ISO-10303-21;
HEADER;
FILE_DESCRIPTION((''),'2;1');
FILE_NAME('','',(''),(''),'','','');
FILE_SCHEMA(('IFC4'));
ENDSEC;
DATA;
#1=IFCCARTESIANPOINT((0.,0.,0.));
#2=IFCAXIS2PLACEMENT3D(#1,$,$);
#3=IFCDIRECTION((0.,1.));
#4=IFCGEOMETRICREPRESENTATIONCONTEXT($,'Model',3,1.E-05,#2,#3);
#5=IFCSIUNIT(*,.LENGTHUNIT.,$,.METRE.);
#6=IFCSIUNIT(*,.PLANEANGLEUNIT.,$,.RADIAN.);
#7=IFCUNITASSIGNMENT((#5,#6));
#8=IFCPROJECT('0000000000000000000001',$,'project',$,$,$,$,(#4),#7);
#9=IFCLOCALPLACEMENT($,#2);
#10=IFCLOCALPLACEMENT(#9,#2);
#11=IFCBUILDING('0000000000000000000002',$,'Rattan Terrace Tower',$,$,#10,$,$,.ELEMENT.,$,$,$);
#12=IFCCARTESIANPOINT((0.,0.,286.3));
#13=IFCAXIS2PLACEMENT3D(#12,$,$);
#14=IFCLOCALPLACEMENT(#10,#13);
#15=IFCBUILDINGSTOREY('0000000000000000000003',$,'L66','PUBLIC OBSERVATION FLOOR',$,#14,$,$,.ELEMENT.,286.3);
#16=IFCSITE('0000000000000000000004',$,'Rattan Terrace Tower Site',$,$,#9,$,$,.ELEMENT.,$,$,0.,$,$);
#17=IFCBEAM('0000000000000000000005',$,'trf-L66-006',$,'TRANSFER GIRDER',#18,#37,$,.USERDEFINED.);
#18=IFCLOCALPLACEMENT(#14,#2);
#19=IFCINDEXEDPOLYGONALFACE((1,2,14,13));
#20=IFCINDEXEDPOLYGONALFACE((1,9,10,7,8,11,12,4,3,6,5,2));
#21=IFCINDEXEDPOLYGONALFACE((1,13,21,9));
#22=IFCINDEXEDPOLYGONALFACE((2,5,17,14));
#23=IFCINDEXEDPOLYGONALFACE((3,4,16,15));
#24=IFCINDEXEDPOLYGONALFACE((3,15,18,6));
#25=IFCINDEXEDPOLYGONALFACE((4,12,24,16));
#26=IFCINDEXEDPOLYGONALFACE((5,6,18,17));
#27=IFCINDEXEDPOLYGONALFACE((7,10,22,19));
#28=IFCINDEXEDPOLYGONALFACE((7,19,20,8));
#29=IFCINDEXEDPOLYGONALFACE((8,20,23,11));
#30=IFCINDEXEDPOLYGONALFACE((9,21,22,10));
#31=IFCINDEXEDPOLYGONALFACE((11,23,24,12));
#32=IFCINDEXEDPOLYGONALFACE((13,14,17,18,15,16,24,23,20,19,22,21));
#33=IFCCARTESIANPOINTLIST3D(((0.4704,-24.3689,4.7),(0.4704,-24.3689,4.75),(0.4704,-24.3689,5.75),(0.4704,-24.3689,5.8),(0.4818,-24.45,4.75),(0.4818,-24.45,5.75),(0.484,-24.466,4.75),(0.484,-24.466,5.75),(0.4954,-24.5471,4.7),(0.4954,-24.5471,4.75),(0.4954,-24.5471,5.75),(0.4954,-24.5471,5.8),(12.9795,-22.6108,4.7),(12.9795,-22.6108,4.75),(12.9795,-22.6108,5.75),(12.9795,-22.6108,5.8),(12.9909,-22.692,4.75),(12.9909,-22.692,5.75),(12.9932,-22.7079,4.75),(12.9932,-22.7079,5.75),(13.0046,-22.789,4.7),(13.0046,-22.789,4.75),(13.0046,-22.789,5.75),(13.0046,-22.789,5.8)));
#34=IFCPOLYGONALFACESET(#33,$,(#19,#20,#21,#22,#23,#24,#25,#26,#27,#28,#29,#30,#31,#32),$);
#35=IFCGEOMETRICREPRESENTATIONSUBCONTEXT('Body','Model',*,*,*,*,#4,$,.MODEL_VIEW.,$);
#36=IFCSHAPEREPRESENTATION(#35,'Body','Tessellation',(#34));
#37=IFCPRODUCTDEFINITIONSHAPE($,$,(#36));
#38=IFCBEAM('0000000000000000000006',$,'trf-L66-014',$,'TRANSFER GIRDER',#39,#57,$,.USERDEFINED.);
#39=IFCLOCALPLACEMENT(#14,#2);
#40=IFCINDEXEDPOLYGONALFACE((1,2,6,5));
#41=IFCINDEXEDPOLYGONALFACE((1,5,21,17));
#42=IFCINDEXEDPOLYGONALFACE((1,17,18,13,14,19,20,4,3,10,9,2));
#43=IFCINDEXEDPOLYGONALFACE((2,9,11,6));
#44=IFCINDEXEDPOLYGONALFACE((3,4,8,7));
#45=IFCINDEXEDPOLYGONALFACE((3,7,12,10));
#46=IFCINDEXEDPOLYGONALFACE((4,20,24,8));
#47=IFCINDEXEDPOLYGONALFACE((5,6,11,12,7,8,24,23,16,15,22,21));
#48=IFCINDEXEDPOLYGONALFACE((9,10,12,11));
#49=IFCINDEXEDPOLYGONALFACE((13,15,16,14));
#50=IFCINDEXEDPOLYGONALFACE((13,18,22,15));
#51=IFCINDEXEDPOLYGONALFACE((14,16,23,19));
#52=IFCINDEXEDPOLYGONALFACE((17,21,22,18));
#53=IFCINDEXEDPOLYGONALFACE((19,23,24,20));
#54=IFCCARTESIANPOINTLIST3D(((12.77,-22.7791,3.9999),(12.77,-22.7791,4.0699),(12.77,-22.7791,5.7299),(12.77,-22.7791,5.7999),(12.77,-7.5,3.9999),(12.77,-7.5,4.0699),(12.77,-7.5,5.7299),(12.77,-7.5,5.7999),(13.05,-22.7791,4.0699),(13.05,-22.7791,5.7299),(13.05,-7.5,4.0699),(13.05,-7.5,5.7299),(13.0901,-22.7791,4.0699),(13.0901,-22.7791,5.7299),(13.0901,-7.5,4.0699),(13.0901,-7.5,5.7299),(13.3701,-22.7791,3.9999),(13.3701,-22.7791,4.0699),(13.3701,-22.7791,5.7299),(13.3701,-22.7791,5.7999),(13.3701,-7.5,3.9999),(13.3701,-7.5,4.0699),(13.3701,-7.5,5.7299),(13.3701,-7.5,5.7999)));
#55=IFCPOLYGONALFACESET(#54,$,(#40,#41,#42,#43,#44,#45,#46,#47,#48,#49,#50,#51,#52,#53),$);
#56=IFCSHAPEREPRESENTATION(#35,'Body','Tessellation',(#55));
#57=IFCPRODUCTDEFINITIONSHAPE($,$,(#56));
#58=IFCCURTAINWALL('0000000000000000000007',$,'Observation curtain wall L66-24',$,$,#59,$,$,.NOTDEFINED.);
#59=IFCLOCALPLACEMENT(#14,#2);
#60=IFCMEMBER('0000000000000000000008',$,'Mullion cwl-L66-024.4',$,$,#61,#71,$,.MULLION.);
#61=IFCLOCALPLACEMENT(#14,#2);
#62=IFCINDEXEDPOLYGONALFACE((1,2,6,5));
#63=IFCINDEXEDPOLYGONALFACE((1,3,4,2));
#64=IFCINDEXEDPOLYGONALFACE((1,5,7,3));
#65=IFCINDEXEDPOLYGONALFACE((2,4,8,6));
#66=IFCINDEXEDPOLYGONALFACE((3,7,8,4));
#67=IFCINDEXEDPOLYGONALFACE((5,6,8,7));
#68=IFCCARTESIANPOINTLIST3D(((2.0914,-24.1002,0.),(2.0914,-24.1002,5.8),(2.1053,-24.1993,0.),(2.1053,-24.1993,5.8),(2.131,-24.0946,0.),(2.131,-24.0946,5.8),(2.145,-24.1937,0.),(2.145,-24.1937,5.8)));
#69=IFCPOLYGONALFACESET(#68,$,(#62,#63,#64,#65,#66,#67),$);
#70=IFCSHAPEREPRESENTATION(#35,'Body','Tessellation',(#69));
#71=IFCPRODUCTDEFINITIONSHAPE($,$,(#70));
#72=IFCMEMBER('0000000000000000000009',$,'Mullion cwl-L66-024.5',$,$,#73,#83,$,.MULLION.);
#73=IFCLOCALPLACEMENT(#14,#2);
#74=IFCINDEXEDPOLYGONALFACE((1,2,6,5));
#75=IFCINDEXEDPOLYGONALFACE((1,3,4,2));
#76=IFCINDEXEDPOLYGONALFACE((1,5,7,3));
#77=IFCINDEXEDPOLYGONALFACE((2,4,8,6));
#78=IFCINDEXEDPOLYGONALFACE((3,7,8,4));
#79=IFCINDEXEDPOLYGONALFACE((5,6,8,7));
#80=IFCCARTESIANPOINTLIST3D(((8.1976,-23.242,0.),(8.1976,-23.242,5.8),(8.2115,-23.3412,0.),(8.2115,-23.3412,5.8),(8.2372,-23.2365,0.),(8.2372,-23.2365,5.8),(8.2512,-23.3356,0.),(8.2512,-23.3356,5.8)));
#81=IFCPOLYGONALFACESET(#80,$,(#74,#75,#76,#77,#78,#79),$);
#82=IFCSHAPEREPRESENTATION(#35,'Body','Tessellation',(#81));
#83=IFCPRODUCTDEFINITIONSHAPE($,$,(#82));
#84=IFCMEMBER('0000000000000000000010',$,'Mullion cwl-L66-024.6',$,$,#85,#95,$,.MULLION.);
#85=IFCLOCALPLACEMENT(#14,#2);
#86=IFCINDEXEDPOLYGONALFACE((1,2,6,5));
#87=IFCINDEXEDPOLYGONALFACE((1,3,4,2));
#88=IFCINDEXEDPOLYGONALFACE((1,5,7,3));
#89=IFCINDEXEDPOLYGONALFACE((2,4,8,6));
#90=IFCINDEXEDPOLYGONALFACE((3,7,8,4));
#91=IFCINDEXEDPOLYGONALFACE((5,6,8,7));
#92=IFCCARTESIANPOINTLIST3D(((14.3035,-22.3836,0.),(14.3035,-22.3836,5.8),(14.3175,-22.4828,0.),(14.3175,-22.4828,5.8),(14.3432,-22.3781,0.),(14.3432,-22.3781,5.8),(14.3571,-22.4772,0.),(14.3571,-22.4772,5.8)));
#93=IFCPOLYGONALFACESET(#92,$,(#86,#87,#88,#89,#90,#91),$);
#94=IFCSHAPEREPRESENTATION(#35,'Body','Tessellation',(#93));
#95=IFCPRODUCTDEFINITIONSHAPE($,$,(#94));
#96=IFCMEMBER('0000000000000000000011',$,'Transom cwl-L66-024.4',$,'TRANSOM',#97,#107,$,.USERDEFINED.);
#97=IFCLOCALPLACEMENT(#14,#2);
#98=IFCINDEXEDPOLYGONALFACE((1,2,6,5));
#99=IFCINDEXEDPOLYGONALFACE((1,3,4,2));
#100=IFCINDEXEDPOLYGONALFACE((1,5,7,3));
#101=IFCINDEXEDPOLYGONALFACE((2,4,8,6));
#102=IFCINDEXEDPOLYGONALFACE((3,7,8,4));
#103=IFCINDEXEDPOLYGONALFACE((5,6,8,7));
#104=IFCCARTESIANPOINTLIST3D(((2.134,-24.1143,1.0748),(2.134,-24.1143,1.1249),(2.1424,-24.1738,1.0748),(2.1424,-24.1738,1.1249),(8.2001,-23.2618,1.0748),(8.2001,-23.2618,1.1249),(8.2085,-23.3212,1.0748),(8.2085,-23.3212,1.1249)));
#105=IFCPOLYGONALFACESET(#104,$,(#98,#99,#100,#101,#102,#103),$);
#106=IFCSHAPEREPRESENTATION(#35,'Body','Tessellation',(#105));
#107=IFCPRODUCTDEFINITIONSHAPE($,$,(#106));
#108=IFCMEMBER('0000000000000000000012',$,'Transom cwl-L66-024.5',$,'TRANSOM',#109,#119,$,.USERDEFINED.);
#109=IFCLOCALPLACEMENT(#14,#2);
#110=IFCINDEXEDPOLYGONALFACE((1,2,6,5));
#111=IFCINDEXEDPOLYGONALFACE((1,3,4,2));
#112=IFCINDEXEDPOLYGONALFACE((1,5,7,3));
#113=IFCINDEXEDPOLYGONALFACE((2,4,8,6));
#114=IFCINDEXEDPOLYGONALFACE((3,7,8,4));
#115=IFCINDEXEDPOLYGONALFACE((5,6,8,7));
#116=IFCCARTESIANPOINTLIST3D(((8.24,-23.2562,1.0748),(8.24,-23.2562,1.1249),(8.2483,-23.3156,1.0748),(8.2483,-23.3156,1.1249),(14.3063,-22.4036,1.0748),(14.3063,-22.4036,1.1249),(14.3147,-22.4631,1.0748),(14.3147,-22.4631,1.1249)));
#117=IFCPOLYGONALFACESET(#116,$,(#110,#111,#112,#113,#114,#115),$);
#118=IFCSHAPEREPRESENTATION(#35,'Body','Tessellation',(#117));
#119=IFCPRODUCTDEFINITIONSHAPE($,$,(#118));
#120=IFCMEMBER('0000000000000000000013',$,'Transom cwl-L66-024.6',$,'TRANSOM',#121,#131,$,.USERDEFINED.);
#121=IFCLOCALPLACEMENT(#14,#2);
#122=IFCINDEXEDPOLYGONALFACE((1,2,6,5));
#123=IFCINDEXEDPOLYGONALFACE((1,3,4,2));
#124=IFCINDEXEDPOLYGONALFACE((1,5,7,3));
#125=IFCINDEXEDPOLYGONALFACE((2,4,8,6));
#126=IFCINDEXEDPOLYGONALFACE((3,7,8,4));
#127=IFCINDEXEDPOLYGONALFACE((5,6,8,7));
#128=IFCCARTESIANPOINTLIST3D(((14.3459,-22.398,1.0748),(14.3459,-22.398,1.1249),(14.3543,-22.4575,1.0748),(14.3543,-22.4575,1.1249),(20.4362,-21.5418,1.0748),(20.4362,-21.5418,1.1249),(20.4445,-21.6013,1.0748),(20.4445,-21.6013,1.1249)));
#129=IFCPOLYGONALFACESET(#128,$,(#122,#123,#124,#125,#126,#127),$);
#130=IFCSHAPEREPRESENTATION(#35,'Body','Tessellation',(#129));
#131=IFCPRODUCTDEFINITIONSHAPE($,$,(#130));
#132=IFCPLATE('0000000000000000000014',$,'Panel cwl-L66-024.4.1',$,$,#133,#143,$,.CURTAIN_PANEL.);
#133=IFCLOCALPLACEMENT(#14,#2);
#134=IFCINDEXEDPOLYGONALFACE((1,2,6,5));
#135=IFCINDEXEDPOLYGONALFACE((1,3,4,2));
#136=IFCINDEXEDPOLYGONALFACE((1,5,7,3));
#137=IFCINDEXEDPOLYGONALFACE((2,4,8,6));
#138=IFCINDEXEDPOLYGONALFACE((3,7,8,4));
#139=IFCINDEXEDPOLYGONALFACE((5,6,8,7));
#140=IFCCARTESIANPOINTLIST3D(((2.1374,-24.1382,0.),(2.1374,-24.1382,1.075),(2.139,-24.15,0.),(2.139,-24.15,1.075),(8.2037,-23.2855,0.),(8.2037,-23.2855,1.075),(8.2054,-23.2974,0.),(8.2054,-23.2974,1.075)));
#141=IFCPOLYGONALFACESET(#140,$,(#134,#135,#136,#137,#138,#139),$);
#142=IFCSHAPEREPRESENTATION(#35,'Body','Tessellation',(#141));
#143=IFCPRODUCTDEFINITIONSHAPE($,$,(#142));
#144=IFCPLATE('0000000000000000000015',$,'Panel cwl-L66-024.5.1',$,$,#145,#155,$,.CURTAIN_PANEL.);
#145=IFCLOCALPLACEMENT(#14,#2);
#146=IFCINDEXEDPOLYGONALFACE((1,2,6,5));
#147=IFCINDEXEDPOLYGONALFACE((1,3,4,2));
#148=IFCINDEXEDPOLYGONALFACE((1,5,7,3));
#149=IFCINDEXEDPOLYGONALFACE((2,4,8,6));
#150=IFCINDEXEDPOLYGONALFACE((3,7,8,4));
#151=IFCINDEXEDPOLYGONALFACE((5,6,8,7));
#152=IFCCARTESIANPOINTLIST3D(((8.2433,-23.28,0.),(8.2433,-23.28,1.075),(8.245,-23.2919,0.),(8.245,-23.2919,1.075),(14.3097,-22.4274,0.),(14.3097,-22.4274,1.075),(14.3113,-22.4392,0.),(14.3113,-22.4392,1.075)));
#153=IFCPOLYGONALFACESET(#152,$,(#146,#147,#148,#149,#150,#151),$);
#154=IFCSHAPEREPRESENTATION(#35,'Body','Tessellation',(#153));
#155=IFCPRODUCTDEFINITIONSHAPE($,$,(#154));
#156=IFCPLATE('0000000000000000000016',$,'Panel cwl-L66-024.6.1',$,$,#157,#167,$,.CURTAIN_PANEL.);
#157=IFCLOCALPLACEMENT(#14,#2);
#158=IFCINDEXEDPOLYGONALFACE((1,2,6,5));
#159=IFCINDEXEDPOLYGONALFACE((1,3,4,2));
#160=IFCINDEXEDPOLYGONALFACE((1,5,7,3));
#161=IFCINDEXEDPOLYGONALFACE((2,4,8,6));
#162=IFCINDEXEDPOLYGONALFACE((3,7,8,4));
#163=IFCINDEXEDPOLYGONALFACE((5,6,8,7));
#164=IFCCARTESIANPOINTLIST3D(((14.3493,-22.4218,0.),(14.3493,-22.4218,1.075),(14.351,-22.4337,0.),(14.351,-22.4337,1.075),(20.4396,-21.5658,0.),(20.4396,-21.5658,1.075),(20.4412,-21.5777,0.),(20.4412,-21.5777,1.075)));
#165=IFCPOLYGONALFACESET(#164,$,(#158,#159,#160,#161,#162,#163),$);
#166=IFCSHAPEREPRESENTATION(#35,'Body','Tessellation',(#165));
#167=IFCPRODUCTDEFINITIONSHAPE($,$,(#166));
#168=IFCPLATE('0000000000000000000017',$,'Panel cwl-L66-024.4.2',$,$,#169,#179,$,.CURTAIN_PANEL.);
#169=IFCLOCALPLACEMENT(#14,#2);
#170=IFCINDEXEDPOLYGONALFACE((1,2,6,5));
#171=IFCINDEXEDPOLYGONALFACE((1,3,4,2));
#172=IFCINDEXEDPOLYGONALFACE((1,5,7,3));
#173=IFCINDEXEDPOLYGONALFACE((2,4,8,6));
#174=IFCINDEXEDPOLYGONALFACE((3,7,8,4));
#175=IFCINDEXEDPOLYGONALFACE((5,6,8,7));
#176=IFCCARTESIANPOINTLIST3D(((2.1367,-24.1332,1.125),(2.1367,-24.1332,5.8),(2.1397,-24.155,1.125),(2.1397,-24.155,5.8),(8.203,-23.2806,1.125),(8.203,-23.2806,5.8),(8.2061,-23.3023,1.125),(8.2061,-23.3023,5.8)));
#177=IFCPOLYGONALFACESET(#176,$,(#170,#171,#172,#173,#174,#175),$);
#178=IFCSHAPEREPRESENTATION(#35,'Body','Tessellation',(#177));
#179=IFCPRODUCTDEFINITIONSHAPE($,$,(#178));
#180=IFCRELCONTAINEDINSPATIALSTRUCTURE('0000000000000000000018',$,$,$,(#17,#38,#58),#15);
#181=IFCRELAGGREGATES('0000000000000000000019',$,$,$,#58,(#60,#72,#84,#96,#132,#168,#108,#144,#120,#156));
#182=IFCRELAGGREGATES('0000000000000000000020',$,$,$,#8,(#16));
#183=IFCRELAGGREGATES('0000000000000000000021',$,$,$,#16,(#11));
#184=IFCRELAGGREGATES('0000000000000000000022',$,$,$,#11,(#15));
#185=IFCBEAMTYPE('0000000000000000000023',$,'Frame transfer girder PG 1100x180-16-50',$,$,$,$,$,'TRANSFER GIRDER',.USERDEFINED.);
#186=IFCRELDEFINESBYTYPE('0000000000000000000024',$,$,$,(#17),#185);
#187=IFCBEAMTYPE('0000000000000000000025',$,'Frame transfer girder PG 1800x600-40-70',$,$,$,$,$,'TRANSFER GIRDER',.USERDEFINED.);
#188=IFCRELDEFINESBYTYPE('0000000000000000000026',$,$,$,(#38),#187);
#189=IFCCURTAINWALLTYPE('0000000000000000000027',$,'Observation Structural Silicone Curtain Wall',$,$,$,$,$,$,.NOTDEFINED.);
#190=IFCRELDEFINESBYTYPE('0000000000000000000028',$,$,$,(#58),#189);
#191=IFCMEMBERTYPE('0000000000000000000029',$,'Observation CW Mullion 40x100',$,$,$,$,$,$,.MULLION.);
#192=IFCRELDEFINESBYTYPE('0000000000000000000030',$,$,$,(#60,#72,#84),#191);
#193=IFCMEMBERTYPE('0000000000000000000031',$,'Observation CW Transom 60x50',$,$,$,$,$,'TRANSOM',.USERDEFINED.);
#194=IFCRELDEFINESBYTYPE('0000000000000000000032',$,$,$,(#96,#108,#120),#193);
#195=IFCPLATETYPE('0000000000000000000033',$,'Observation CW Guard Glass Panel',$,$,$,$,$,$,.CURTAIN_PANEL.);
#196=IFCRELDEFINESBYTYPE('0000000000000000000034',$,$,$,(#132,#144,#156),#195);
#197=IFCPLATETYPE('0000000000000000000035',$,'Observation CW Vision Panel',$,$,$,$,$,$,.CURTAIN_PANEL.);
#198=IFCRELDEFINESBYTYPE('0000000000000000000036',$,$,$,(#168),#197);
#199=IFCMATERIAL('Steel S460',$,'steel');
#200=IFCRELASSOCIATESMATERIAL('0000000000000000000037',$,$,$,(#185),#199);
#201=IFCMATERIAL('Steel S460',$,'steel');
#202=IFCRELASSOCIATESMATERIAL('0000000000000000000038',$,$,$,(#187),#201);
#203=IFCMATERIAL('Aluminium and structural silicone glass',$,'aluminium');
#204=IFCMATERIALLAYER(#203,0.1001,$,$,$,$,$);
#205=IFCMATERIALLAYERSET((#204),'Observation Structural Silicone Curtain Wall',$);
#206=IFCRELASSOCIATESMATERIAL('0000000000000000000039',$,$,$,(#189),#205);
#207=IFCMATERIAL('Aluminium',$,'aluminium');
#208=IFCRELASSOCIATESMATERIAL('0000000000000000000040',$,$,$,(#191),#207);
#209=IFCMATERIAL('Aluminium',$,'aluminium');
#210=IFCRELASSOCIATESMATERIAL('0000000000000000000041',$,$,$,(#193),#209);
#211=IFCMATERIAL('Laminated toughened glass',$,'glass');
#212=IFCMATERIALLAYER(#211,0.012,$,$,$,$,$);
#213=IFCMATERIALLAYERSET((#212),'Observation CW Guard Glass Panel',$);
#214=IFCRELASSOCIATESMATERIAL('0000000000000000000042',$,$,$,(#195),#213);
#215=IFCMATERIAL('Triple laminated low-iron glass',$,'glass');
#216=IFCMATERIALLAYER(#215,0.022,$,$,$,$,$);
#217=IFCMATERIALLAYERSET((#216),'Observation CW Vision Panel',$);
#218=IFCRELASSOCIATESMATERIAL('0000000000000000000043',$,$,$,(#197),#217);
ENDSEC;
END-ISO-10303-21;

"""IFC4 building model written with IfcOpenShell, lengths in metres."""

from ifc_helpers import new_model, si_unit, direction, frame, origin, origin_2d, place, context, subcontext, project, spatial, rectangle, i_section, extrude, material, layer, layer_set, material_profile, profile_set, type_object, element, aggregate, save


model = new_model("IFC4")

# Units and contexts
model_context = context("Model", 3, precision=1e-05, world=origin(), true_north=direction((0.0, 1.0)))
body_context = subcontext(model_context, "Body", "Model", "MODEL_VIEW")
ifc_project = project(units=[si_unit("LENGTHUNIT", "METRE"), si_unit("PLANEANGLEUNIT", "RADIAN")], contexts=[model_context])

# Site, building, storey
site_placement = place(None, origin())
site = spatial("IfcSite", under=ifc_project, at=site_placement, Name="Rattan Terrace Tower Site", CompositionType="ELEMENT", RefElevation=0.0)
building_placement = place(site_placement, origin())
building = spatial("IfcBuilding", under=site, at=building_placement, Name="Rattan Terrace Tower", CompositionType="ELEMENT")
storey_placement = place(building_placement, frame((0.0, 0.0, 286.3)))
storey = spatial("IfcBuildingStorey", under=building, at=storey_placement, Name="L66", Description="PUBLIC OBSERVATION FLOOR", CompositionType="ELEMENT", Elevation=286.3)

# Beams
ifc_material_1 = material(Name="Steel S460", Category="steel")
ifc_material_profile_1 = material_profile(ifc_material_1, i_section(OverallWidth=0.1799, OverallDepth=1.1001, WebThickness=0.0161, FlangeThickness=0.05, at=origin_2d()), Name="PG 1100x180-16-50")
ifc_profile_set_1 = profile_set([ifc_material_profile_1], Name="Steel S460")
beam_type_1 = type_object("IfcBeamType", Name="Frame transfer girder PG 1100x180-16-50", ElementType="TRANSFER GIRDER", PredefinedType="USERDEFINED", material=ifc_profile_set_1)
beam_1_placement = place(storey_placement, frame((0.4829, -24.458, 5.25), z_axis=(0.990268, 0.139175, 0.0), x_axis=(-0.139175, 0.990268, 0.0)))
element("IfcBeam", 1, at=beam_1_placement, inside=storey, type_object=beam_type_1, Name="trf-L66-006", ObjectType="TRANSFER GIRDER", PredefinedType="USERDEFINED", context=body_context, shape_type="SweptSolid", body=[
    extrude(i_section(OverallWidth=0.1799, OverallDepth=1.1001, WebThickness=0.0161, FlangeThickness=0.05, at=origin_2d()), origin(), (0.0, 0.0, 1.0), 12.6321),
])
ifc_material_2 = material(Name="Steel S460", Category="steel")
ifc_material_profile_2 = material_profile(ifc_material_2, i_section(OverallWidth=0.6001, OverallDepth=1.8, WebThickness=0.04, FlangeThickness=0.0701, at=origin_2d()), Name="PG 1800x600-40-70")
ifc_profile_set_2 = profile_set([ifc_material_profile_2], Name="Steel S460")
beam_type_2 = type_object("IfcBeamType", Name="Frame transfer girder PG 1800x600-40-70", ElementType="TRANSFER GIRDER", PredefinedType="USERDEFINED", material=ifc_profile_set_2)
beam_2_placement = place(storey_placement, frame((13.0701, -22.7791, 4.8999), z_axis=(0.0, 1.0, 0.0), x_axis=(-1.0, 0.0, 0.0)))
element("IfcBeam", 2, at=beam_2_placement, inside=storey, type_object=beam_type_2, Name="trf-L66-014", ObjectType="TRANSFER GIRDER", PredefinedType="USERDEFINED", context=body_context, shape_type="SweptSolid", body=[
    extrude(i_section(OverallWidth=0.6001, OverallDepth=1.8, WebThickness=0.04, FlangeThickness=0.0701, at=origin_2d()), origin(), (0.0, 0.0, 1.0), 15.2791),
])

# Curtain wall, members, plates
ifc_material_3 = material(Name="Aluminium and structural silicone glass", Category="aluminium")
ifc_layer_1 = layer(ifc_material_3, 0.1001)
ifc_layer_set_1 = layer_set([ifc_layer_1], Name="Observation Structural Silicone Curtain Wall")
curtain_wall_type = type_object("IfcCurtainWallType", Name="Observation Structural Silicone Curtain Wall", PredefinedType="NOTDEFINED", material=ifc_layer_set_1)
curtain_wall_placement = place(storey_placement, origin())
curtain_wall = element("IfcCurtainWall", 3, at=curtain_wall_placement, inside=storey, type_object=curtain_wall_type, Name="Observation curtain wall L66-24", PredefinedType="NOTDEFINED")
ifc_material_4 = material(Name="Aluminium", Category="aluminium")
ifc_material_profile_3 = material_profile(ifc_material_4, rectangle(XDim=0.04, YDim=0.1001, at=origin_2d()), Name="Aluminium 40x100")
ifc_profile_set_3 = profile_set([ifc_material_profile_3], Name="Aluminium")
member_type_1 = type_object("IfcMemberType", Name="Observation CW Mullion 40x100", PredefinedType="MULLION", material=ifc_profile_set_3)
member_1_placement = place(storey_placement, frame((2.1182, -24.147, 0.0), z_axis=(0.0, 0.0, 1.0), x_axis=(0.990266, 0.139189, 0.0)))
member_1 = element("IfcMember", 4, at=member_1_placement, type_object=member_type_1, Name="Mullion cwl-L66-024.4", PredefinedType="MULLION", context=body_context, shape_type="SweptSolid", body=[
    extrude(rectangle(XDim=0.04, YDim=0.1001, at=origin_2d()), origin(), (0.0, 0.0, 1.0), 5.8),
])
member_2_placement = place(storey_placement, frame((8.2244, -23.2888, 0.0), z_axis=(0.0, 0.0, 1.0), x_axis=(0.990266, 0.139189, 0.0)))
member_2 = element("IfcMember", 5, at=member_2_placement, type_object=member_type_1, Name="Mullion cwl-L66-024.5", PredefinedType="MULLION", context=body_context, shape_type="SweptSolid", body=[
    extrude(rectangle(XDim=0.04, YDim=0.1001, at=origin_2d()), origin(), (0.0, 0.0, 1.0), 5.8),
])
member_3_placement = place(storey_placement, frame((14.3303, -22.4304, 0.0), z_axis=(0.0, 0.0, 1.0), x_axis=(0.990266, 0.139189, 0.0)))
member_3 = element("IfcMember", 6, at=member_3_placement, type_object=member_type_1, Name="Mullion cwl-L66-024.6", PredefinedType="MULLION", context=body_context, shape_type="SweptSolid", body=[
    extrude(rectangle(XDim=0.04, YDim=0.1001, at=origin_2d()), origin(), (0.0, 0.0, 1.0), 5.8),
])
ifc_material_5 = material(Name="Aluminium", Category="aluminium")
ifc_material_profile_4 = material_profile(ifc_material_5, rectangle(XDim=0.0601, YDim=0.05, at=origin_2d()), Name="Aluminium 60x50")
ifc_profile_set_4 = profile_set([ifc_material_profile_4], Name="Aluminium")
member_type_2 = type_object("IfcMemberType", Name="Observation CW Transom 60x50", ElementType="TRANSOM", PredefinedType="USERDEFINED", material=ifc_profile_set_4)
member_4_placement = place(storey_placement, frame((2.1382, -24.144, 1.0999), z_axis=(0.990268, 0.139172, 0.0), x_axis=(-0.139172, 0.990268, 0.0)))
member_4 = element("IfcMember", 7, at=member_4_placement, type_object=member_type_2, Name="Transom cwl-L66-024.4", ObjectType="TRANSOM", PredefinedType="USERDEFINED", context=body_context, shape_type="SweptSolid", body=[
    extrude(rectangle(XDim=0.0601, YDim=0.05, at=origin_2d()), origin(), (0.0, 0.0, 1.0), 6.1257),
])
member_5_placement = place(storey_placement, frame((8.2441, -23.2859, 1.0999), z_axis=(0.990269, 0.139167, 0.0), x_axis=(-0.139167, 0.990269, 0.0)))
member_5 = element("IfcMember", 8, at=member_5_placement, type_object=member_type_2, Name="Transom cwl-L66-024.5", ObjectType="TRANSOM", PredefinedType="USERDEFINED", context=body_context, shape_type="SweptSolid", body=[
    extrude(rectangle(XDim=0.0601, YDim=0.05, at=origin_2d()), origin(), (0.0, 0.0, 1.0), 6.126),
])
member_6_placement = place(storey_placement, frame((14.3501, -22.4277, 1.0999), z_axis=(0.990262, 0.139215, 0.0), x_axis=(-0.139215, 0.990262, 0.0)))
member_6 = element("IfcMember", 9, at=member_6_placement, type_object=member_type_2, Name="Transom cwl-L66-024.6", ObjectType="TRANSOM", PredefinedType="USERDEFINED", context=body_context, shape_type="SweptSolid", body=[
    extrude(rectangle(XDim=0.0601, YDim=0.05, at=origin_2d()), origin(), (0.0, 0.0, 1.0), 6.1501),
])
ifc_material_6 = material(Name="Laminated toughened glass", Category="glass")
ifc_layer_2 = layer(ifc_material_6, 0.012)
ifc_layer_set_2 = layer_set([ifc_layer_2], Name="Observation CW Guard Glass Panel")
plate_type_1 = type_object("IfcPlateType", Name="Observation CW Guard Glass Panel", PredefinedType="CURTAIN_PANEL", material=ifc_layer_set_2)
plate_1_placement = place(storey_placement, frame((5.1714, -23.7178, 0.0), z_axis=(0.0, 0.0, 1.0), x_axis=(0.990266, 0.139189, 0.0)))
plate_1 = element("IfcPlate", 10, at=plate_1_placement, type_object=plate_type_1, Name="Panel cwl-L66-024.4.1", PredefinedType="CURTAIN_PANEL", context=body_context, shape_type="SweptSolid", body=[
    extrude(rectangle(XDim=6.126, YDim=0.012, at=origin_2d()), origin(), (0.0, 0.0, 1.0), 1.075),
])
plate_2_placement = place(storey_placement, frame((11.2773, -22.8596, 0.0), z_axis=(0.0, 0.0, 1.0), x_axis=(0.990266, 0.139189, 0.0)))
plate_2 = element("IfcPlate", 11, at=plate_2_placement, type_object=plate_type_1, Name="Panel cwl-L66-024.5.1", PredefinedType="CURTAIN_PANEL", context=body_context, shape_type="SweptSolid", body=[
    extrude(rectangle(XDim=6.126, YDim=0.012, at=origin_2d()), origin(), (0.0, 0.0, 1.0), 1.075),
])
plate_3_placement = place(storey_placement, frame((17.3953, -21.9998, 0.0), z_axis=(0.0, 0.0, 1.0), x_axis=(0.990266, 0.139189, 0.0)))
plate_3 = element("IfcPlate", 12, at=plate_3_placement, type_object=plate_type_1, Name="Panel cwl-L66-024.6.1", PredefinedType="CURTAIN_PANEL", context=body_context, shape_type="SweptSolid", body=[
    extrude(rectangle(XDim=6.1501, YDim=0.012, at=origin_2d()), origin(), (0.0, 0.0, 1.0), 1.075),
])
ifc_material_7 = material(Name="Triple laminated low-iron glass", Category="glass")
ifc_layer_3 = layer(ifc_material_7, 0.022)
ifc_layer_set_3 = layer_set([ifc_layer_3], Name="Observation CW Vision Panel")
plate_type_2 = type_object("IfcPlateType", Name="Observation CW Vision Panel", PredefinedType="CURTAIN_PANEL", material=ifc_layer_set_3)
plate_4_placement = place(storey_placement, frame((5.1714, -23.7178, 1.125), z_axis=(0.0, 0.0, 1.0), x_axis=(0.990266, 0.139189, 0.0)))
plate_4 = element("IfcPlate", 13, at=plate_4_placement, type_object=plate_type_2, Name="Panel cwl-L66-024.4.2", PredefinedType="CURTAIN_PANEL", context=body_context, shape_type="SweptSolid", body=[
    extrude(rectangle(XDim=6.126, YDim=0.022, at=origin_2d()), origin(), (0.0, 0.0, 1.0), 4.675),
])
aggregate(curtain_wall, [member_1, member_2, member_3, member_4, plate_1, plate_4, member_5, plate_2, member_6, plate_3])

save(model, "model.ifc")
